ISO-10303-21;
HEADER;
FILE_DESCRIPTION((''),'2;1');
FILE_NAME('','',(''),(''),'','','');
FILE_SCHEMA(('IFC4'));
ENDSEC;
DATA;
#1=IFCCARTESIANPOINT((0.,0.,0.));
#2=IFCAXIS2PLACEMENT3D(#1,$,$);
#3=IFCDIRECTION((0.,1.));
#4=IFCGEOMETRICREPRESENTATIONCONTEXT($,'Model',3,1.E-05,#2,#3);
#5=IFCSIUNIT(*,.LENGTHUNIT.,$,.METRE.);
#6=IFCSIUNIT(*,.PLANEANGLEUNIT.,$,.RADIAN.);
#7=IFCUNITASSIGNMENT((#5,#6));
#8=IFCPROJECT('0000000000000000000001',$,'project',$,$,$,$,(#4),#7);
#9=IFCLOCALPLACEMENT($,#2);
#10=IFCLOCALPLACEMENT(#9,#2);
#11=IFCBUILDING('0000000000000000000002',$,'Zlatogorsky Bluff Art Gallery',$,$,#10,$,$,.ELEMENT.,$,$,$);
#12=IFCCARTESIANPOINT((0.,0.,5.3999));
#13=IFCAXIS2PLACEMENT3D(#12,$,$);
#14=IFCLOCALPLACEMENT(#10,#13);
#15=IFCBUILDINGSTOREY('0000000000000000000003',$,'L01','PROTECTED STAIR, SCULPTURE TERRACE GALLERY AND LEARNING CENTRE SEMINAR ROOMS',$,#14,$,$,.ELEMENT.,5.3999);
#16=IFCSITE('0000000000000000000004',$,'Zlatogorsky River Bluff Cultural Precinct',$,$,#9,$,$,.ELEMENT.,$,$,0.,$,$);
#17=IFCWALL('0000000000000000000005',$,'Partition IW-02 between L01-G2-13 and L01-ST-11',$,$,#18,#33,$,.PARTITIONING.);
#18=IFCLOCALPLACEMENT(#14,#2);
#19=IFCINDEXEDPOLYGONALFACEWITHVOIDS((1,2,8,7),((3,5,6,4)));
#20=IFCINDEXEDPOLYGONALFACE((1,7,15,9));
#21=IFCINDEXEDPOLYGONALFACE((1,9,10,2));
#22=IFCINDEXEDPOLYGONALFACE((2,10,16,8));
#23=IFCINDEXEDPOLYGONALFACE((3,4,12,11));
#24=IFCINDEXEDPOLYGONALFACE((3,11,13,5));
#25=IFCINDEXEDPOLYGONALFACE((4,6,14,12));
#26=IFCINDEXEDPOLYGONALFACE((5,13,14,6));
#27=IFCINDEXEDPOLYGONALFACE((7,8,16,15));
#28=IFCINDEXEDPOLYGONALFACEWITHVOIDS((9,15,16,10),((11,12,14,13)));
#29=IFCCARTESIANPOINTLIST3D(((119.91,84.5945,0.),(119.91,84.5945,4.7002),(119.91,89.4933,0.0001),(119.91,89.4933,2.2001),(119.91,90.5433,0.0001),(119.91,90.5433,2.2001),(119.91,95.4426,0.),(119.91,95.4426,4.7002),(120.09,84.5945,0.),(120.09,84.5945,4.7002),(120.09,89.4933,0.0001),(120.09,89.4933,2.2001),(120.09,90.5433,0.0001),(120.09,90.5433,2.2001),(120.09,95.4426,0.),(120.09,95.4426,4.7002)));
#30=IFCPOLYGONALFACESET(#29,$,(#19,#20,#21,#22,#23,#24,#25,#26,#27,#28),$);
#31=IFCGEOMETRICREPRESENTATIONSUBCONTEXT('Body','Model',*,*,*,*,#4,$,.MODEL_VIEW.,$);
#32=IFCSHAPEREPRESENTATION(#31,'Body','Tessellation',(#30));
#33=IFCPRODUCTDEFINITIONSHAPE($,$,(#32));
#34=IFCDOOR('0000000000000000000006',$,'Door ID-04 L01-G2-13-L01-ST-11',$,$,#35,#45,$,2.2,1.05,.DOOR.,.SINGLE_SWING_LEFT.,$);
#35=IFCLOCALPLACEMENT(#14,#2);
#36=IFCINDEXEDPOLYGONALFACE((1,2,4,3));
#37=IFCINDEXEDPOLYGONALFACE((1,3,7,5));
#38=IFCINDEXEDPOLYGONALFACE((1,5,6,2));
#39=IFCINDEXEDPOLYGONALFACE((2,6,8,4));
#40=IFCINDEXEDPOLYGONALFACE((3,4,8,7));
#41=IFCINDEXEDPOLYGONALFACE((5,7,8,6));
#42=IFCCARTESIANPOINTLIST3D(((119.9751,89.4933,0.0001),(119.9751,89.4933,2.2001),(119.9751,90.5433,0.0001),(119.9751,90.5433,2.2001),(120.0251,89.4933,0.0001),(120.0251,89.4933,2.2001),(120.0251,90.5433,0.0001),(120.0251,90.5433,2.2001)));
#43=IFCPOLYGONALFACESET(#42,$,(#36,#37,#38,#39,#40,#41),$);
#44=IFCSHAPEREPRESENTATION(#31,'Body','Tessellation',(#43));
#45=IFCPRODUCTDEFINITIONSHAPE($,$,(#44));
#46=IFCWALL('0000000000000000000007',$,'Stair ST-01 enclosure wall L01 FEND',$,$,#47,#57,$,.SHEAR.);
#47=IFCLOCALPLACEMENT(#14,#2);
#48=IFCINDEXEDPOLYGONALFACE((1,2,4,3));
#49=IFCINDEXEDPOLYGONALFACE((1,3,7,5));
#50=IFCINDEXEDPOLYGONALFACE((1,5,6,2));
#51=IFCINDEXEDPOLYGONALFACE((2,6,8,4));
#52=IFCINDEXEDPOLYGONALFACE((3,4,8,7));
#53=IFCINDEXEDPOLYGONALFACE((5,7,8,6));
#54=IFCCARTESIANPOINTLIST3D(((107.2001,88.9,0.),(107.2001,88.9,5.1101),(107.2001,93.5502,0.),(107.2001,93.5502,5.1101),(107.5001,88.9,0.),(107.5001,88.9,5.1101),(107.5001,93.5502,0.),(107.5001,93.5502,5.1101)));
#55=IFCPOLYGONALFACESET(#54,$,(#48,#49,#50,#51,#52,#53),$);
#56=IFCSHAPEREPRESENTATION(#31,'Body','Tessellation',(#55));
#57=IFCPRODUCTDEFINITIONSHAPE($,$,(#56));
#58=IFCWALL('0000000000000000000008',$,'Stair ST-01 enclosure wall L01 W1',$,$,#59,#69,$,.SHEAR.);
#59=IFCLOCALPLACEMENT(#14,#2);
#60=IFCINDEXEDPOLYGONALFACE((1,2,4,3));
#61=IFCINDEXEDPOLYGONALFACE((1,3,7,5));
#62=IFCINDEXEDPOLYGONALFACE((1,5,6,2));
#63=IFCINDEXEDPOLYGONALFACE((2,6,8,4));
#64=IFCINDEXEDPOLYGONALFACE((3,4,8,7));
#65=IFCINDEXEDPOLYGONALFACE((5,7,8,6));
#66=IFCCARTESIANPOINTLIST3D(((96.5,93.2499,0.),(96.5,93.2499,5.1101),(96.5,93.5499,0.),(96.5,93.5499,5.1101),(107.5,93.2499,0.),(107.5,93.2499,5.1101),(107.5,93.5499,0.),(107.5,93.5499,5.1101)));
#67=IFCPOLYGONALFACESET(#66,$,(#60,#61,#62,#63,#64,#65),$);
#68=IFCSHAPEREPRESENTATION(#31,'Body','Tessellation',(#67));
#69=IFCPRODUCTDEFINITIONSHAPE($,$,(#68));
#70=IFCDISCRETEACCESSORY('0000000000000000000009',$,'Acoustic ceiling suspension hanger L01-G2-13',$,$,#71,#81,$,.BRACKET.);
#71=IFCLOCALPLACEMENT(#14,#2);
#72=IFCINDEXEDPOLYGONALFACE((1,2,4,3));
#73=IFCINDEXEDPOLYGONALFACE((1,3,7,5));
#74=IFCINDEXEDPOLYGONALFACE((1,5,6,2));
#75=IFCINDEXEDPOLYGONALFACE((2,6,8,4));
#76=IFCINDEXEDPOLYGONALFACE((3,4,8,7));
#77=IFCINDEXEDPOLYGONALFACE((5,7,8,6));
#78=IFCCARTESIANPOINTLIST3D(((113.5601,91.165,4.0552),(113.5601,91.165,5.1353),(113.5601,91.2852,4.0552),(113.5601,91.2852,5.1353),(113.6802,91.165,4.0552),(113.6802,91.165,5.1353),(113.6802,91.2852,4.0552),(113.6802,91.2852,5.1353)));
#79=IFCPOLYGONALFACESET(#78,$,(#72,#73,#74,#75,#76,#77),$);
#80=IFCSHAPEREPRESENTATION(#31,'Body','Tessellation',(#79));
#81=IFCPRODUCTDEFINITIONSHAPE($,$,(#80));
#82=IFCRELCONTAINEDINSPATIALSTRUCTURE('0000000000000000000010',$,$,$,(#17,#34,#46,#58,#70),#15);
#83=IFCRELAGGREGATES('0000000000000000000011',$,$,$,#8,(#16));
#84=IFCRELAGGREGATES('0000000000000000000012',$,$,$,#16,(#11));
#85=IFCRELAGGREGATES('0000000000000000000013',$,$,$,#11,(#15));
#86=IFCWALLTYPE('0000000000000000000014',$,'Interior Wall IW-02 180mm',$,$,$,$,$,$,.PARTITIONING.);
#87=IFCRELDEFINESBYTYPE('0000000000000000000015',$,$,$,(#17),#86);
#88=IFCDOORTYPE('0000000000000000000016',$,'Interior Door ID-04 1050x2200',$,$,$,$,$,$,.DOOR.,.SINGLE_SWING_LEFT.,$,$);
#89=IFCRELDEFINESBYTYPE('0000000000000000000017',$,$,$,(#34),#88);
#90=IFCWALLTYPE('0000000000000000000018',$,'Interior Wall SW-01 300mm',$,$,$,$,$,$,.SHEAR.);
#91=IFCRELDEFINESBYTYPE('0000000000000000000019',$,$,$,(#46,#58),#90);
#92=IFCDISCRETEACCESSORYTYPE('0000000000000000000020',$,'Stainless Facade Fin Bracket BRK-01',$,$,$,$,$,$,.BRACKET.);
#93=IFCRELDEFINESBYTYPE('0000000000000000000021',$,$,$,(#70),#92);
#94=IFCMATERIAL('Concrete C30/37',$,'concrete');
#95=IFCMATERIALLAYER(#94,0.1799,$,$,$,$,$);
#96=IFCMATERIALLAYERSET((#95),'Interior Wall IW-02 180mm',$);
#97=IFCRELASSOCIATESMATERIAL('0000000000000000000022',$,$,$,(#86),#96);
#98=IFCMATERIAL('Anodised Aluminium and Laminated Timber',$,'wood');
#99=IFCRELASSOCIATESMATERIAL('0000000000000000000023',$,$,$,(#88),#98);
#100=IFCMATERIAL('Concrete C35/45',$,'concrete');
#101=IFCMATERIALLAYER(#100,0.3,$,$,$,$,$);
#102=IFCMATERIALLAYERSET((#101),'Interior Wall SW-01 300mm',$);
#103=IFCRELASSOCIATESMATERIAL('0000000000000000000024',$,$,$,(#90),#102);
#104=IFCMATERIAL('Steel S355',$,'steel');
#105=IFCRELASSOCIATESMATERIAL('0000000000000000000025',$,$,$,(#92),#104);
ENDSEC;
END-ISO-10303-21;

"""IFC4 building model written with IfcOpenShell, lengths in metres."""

from ifc_helpers import new_model, si_unit, direction, frame, frame_2d, origin, origin_2d, place, context, subcontext, project, spatial, rectangle, extrude, material, layer, layer_set, type_object, element, fill, save


model = new_model("IFC4")

# Units and contexts
model_context = context("Model", 3, precision=1e-05, world=origin(), true_north=direction((0.0, 1.0)))
body_context = subcontext(model_context, "Body", "Model", "MODEL_VIEW")
ifc_project = project(units=[si_unit("LENGTHUNIT", "METRE"), si_unit("PLANEANGLEUNIT", "RADIAN")], contexts=[model_context])

# Site, building, storey
site_placement = place(None, origin())
site = spatial("IfcSite", under=ifc_project, at=site_placement, Name="Zlatogorsky River Bluff Cultural Precinct", CompositionType="ELEMENT", RefElevation=0.0)
building_placement = place(site_placement, origin())
building = spatial("IfcBuilding", under=site, at=building_placement, Name="Zlatogorsky Bluff Art Gallery", CompositionType="ELEMENT")
storey_placement = place(building_placement, frame((0.0, 0.0, 5.3999)))
storey = spatial("IfcBuildingStorey", under=building, at=storey_placement, Name="L01", Description="PROTECTED STAIR, SCULPTURE TERRACE GALLERY AND LEARNING CENTRE SEMINAR ROOMS", CompositionType="ELEMENT", Elevation=5.3999)

# Shared definitions
ifc_material_1 = material(Name="Steel S355", Category="steel")

# Wall, opening, door
ifc_material_2 = material(Name="Concrete C30/37", Category="concrete")
ifc_layer_1 = layer(ifc_material_2, 0.1799)
ifc_layer_set_1 = layer_set([ifc_layer_1], Name="Interior Wall IW-02 180mm")
wall_type_1 = type_object("IfcWallType", Name="Interior Wall IW-02 180mm", PredefinedType="PARTITIONING", material=ifc_layer_set_1)
wall_1_placement = place(storey_placement, frame((120.0, 84.5945, 0.0), z_axis=(0.0, 0.0, 1.0), x_axis=(0.0, 1.0, 0.0)))
wall_1 = element("IfcWall", 1, at=wall_1_placement, inside=storey, type_object=wall_type_1, Name="Partition IW-02 between L01-G2-13 and L01-ST-11", PredefinedType="PARTITIONING", context=body_context, shape_type="SweptSolid", body=[
    extrude(rectangle(XDim=10.8481, YDim=0.1799, at=frame_2d((5.4241, 0.0))), origin(), (0.0, 0.0, 1.0), 4.7002),
])
opening_placement = place(wall_1_placement, frame((4.8989, 0.0, 0.0)))
opening = element("IfcOpeningElement", 2, at=opening_placement, cuts=wall_1, PredefinedType="OPENING", context=body_context, shape_type="SweptSolid", body=[
    extrude(rectangle(XDim=1.05, YDim=2.2, at=frame_2d((0.5249, 1.1001))), frame((0.0, 0.0999, 0.0), z_axis=(0.0, -1.0, 0.0), x_axis=(1.0, 0.0, 0.0)), (0.0, 0.0, 1.0), 0.2),
])
ifc_material_3 = material(Name="Anodised Aluminium and Laminated Timber", Category="wood")
door_type = type_object("IfcDoorType", Name="Interior Door ID-04 1050x2200", OperationType="SINGLE_SWING_LEFT", PredefinedType="DOOR", material=ifc_material_3)
door_placement = place(opening_placement, origin())
door = element("IfcDoor", 3, at=door_placement, inside=storey, type_object=door_type, Name="Door ID-04 L01-G2-13-L01-ST-11", OperationType="SINGLE_SWING_LEFT", OverallHeight=2.2, OverallWidth=1.05, PredefinedType="DOOR", context=body_context, shape_type="SweptSolid", body=[
    extrude(rectangle(XDim=1.05, YDim=2.2, at=frame_2d((0.5249, 1.1001))), frame((0.0, 0.0249, 0.0), z_axis=(0.0, -1.0, 0.0), x_axis=(1.0, 0.0, 0.0)), (0.0, 0.0, 1.0), 0.05),
])
fill(opening, door)

# Walls
ifc_material_4 = material(Name="Concrete C35/45", Category="concrete")
ifc_layer_2 = layer(ifc_material_4, 0.3)
ifc_layer_set_2 = layer_set([ifc_layer_2], Name="Interior Wall SW-01 300mm")
wall_type_2 = type_object("IfcWallType", Name="Interior Wall SW-01 300mm", PredefinedType="SHEAR", material=ifc_layer_set_2)
wall_2_placement = place(storey_placement, frame((107.3501, 88.8999, 0.0), z_axis=(0.0, 0.0, 1.0), x_axis=(0.0, 1.0, 0.0)))
element("IfcWall", 4, at=wall_2_placement, inside=storey, type_object=wall_type_2, Name="Stair ST-01 enclosure wall L01 FEND", PredefinedType="SHEAR", context=body_context, shape_type="SweptSolid", body=[
    extrude(rectangle(XDim=4.6501, YDim=0.3, at=frame_2d((2.3252, 0.0))), origin(), (0.0, 0.0, 1.0), 5.1101),
])
wall_3_placement = place(storey_placement, frame((107.5, 93.3999, 0.0), z_axis=(0.0, 0.0, 1.0), x_axis=(-1.0, 0.0, 0.0)))
element("IfcWall", 5, at=wall_3_placement, inside=storey, type_object=wall_type_2, Name="Stair ST-01 enclosure wall L01 W1", PredefinedType="SHEAR", context=body_context, shape_type="SweptSolid", body=[
    extrude(rectangle(XDim=11.0, YDim=0.3, at=frame_2d((5.5, 0.0))), origin(), (0.0, 0.0, 1.0), 5.1101),
])

# Discrete accessory
discrete_accessory_type = type_object("IfcDiscreteAccessoryType", Name="Stainless Facade Fin Bracket BRK-01", PredefinedType="BRACKET", material=ifc_material_1)
discrete_accessory_placement = place(storey_placement, frame((113.6201, 91.2251, 4.0552), z_axis=(0.0, 0.0, 1.0), x_axis=(1.0, 0.0, 0.0)))
element("IfcDiscreteAccessory", 6, at=discrete_accessory_placement, inside=storey, type_object=discrete_accessory_type, Name="Acoustic ceiling suspension hanger L01-G2-13", PredefinedType="BRACKET", context=body_context, shape_type="SweptSolid", body=[
    extrude(rectangle(XDim=0.1201, YDim=0.1201, at=origin_2d()), origin(), (0.0, 0.0, 1.0), 1.0801),
])

save(model, "model.ifc")
